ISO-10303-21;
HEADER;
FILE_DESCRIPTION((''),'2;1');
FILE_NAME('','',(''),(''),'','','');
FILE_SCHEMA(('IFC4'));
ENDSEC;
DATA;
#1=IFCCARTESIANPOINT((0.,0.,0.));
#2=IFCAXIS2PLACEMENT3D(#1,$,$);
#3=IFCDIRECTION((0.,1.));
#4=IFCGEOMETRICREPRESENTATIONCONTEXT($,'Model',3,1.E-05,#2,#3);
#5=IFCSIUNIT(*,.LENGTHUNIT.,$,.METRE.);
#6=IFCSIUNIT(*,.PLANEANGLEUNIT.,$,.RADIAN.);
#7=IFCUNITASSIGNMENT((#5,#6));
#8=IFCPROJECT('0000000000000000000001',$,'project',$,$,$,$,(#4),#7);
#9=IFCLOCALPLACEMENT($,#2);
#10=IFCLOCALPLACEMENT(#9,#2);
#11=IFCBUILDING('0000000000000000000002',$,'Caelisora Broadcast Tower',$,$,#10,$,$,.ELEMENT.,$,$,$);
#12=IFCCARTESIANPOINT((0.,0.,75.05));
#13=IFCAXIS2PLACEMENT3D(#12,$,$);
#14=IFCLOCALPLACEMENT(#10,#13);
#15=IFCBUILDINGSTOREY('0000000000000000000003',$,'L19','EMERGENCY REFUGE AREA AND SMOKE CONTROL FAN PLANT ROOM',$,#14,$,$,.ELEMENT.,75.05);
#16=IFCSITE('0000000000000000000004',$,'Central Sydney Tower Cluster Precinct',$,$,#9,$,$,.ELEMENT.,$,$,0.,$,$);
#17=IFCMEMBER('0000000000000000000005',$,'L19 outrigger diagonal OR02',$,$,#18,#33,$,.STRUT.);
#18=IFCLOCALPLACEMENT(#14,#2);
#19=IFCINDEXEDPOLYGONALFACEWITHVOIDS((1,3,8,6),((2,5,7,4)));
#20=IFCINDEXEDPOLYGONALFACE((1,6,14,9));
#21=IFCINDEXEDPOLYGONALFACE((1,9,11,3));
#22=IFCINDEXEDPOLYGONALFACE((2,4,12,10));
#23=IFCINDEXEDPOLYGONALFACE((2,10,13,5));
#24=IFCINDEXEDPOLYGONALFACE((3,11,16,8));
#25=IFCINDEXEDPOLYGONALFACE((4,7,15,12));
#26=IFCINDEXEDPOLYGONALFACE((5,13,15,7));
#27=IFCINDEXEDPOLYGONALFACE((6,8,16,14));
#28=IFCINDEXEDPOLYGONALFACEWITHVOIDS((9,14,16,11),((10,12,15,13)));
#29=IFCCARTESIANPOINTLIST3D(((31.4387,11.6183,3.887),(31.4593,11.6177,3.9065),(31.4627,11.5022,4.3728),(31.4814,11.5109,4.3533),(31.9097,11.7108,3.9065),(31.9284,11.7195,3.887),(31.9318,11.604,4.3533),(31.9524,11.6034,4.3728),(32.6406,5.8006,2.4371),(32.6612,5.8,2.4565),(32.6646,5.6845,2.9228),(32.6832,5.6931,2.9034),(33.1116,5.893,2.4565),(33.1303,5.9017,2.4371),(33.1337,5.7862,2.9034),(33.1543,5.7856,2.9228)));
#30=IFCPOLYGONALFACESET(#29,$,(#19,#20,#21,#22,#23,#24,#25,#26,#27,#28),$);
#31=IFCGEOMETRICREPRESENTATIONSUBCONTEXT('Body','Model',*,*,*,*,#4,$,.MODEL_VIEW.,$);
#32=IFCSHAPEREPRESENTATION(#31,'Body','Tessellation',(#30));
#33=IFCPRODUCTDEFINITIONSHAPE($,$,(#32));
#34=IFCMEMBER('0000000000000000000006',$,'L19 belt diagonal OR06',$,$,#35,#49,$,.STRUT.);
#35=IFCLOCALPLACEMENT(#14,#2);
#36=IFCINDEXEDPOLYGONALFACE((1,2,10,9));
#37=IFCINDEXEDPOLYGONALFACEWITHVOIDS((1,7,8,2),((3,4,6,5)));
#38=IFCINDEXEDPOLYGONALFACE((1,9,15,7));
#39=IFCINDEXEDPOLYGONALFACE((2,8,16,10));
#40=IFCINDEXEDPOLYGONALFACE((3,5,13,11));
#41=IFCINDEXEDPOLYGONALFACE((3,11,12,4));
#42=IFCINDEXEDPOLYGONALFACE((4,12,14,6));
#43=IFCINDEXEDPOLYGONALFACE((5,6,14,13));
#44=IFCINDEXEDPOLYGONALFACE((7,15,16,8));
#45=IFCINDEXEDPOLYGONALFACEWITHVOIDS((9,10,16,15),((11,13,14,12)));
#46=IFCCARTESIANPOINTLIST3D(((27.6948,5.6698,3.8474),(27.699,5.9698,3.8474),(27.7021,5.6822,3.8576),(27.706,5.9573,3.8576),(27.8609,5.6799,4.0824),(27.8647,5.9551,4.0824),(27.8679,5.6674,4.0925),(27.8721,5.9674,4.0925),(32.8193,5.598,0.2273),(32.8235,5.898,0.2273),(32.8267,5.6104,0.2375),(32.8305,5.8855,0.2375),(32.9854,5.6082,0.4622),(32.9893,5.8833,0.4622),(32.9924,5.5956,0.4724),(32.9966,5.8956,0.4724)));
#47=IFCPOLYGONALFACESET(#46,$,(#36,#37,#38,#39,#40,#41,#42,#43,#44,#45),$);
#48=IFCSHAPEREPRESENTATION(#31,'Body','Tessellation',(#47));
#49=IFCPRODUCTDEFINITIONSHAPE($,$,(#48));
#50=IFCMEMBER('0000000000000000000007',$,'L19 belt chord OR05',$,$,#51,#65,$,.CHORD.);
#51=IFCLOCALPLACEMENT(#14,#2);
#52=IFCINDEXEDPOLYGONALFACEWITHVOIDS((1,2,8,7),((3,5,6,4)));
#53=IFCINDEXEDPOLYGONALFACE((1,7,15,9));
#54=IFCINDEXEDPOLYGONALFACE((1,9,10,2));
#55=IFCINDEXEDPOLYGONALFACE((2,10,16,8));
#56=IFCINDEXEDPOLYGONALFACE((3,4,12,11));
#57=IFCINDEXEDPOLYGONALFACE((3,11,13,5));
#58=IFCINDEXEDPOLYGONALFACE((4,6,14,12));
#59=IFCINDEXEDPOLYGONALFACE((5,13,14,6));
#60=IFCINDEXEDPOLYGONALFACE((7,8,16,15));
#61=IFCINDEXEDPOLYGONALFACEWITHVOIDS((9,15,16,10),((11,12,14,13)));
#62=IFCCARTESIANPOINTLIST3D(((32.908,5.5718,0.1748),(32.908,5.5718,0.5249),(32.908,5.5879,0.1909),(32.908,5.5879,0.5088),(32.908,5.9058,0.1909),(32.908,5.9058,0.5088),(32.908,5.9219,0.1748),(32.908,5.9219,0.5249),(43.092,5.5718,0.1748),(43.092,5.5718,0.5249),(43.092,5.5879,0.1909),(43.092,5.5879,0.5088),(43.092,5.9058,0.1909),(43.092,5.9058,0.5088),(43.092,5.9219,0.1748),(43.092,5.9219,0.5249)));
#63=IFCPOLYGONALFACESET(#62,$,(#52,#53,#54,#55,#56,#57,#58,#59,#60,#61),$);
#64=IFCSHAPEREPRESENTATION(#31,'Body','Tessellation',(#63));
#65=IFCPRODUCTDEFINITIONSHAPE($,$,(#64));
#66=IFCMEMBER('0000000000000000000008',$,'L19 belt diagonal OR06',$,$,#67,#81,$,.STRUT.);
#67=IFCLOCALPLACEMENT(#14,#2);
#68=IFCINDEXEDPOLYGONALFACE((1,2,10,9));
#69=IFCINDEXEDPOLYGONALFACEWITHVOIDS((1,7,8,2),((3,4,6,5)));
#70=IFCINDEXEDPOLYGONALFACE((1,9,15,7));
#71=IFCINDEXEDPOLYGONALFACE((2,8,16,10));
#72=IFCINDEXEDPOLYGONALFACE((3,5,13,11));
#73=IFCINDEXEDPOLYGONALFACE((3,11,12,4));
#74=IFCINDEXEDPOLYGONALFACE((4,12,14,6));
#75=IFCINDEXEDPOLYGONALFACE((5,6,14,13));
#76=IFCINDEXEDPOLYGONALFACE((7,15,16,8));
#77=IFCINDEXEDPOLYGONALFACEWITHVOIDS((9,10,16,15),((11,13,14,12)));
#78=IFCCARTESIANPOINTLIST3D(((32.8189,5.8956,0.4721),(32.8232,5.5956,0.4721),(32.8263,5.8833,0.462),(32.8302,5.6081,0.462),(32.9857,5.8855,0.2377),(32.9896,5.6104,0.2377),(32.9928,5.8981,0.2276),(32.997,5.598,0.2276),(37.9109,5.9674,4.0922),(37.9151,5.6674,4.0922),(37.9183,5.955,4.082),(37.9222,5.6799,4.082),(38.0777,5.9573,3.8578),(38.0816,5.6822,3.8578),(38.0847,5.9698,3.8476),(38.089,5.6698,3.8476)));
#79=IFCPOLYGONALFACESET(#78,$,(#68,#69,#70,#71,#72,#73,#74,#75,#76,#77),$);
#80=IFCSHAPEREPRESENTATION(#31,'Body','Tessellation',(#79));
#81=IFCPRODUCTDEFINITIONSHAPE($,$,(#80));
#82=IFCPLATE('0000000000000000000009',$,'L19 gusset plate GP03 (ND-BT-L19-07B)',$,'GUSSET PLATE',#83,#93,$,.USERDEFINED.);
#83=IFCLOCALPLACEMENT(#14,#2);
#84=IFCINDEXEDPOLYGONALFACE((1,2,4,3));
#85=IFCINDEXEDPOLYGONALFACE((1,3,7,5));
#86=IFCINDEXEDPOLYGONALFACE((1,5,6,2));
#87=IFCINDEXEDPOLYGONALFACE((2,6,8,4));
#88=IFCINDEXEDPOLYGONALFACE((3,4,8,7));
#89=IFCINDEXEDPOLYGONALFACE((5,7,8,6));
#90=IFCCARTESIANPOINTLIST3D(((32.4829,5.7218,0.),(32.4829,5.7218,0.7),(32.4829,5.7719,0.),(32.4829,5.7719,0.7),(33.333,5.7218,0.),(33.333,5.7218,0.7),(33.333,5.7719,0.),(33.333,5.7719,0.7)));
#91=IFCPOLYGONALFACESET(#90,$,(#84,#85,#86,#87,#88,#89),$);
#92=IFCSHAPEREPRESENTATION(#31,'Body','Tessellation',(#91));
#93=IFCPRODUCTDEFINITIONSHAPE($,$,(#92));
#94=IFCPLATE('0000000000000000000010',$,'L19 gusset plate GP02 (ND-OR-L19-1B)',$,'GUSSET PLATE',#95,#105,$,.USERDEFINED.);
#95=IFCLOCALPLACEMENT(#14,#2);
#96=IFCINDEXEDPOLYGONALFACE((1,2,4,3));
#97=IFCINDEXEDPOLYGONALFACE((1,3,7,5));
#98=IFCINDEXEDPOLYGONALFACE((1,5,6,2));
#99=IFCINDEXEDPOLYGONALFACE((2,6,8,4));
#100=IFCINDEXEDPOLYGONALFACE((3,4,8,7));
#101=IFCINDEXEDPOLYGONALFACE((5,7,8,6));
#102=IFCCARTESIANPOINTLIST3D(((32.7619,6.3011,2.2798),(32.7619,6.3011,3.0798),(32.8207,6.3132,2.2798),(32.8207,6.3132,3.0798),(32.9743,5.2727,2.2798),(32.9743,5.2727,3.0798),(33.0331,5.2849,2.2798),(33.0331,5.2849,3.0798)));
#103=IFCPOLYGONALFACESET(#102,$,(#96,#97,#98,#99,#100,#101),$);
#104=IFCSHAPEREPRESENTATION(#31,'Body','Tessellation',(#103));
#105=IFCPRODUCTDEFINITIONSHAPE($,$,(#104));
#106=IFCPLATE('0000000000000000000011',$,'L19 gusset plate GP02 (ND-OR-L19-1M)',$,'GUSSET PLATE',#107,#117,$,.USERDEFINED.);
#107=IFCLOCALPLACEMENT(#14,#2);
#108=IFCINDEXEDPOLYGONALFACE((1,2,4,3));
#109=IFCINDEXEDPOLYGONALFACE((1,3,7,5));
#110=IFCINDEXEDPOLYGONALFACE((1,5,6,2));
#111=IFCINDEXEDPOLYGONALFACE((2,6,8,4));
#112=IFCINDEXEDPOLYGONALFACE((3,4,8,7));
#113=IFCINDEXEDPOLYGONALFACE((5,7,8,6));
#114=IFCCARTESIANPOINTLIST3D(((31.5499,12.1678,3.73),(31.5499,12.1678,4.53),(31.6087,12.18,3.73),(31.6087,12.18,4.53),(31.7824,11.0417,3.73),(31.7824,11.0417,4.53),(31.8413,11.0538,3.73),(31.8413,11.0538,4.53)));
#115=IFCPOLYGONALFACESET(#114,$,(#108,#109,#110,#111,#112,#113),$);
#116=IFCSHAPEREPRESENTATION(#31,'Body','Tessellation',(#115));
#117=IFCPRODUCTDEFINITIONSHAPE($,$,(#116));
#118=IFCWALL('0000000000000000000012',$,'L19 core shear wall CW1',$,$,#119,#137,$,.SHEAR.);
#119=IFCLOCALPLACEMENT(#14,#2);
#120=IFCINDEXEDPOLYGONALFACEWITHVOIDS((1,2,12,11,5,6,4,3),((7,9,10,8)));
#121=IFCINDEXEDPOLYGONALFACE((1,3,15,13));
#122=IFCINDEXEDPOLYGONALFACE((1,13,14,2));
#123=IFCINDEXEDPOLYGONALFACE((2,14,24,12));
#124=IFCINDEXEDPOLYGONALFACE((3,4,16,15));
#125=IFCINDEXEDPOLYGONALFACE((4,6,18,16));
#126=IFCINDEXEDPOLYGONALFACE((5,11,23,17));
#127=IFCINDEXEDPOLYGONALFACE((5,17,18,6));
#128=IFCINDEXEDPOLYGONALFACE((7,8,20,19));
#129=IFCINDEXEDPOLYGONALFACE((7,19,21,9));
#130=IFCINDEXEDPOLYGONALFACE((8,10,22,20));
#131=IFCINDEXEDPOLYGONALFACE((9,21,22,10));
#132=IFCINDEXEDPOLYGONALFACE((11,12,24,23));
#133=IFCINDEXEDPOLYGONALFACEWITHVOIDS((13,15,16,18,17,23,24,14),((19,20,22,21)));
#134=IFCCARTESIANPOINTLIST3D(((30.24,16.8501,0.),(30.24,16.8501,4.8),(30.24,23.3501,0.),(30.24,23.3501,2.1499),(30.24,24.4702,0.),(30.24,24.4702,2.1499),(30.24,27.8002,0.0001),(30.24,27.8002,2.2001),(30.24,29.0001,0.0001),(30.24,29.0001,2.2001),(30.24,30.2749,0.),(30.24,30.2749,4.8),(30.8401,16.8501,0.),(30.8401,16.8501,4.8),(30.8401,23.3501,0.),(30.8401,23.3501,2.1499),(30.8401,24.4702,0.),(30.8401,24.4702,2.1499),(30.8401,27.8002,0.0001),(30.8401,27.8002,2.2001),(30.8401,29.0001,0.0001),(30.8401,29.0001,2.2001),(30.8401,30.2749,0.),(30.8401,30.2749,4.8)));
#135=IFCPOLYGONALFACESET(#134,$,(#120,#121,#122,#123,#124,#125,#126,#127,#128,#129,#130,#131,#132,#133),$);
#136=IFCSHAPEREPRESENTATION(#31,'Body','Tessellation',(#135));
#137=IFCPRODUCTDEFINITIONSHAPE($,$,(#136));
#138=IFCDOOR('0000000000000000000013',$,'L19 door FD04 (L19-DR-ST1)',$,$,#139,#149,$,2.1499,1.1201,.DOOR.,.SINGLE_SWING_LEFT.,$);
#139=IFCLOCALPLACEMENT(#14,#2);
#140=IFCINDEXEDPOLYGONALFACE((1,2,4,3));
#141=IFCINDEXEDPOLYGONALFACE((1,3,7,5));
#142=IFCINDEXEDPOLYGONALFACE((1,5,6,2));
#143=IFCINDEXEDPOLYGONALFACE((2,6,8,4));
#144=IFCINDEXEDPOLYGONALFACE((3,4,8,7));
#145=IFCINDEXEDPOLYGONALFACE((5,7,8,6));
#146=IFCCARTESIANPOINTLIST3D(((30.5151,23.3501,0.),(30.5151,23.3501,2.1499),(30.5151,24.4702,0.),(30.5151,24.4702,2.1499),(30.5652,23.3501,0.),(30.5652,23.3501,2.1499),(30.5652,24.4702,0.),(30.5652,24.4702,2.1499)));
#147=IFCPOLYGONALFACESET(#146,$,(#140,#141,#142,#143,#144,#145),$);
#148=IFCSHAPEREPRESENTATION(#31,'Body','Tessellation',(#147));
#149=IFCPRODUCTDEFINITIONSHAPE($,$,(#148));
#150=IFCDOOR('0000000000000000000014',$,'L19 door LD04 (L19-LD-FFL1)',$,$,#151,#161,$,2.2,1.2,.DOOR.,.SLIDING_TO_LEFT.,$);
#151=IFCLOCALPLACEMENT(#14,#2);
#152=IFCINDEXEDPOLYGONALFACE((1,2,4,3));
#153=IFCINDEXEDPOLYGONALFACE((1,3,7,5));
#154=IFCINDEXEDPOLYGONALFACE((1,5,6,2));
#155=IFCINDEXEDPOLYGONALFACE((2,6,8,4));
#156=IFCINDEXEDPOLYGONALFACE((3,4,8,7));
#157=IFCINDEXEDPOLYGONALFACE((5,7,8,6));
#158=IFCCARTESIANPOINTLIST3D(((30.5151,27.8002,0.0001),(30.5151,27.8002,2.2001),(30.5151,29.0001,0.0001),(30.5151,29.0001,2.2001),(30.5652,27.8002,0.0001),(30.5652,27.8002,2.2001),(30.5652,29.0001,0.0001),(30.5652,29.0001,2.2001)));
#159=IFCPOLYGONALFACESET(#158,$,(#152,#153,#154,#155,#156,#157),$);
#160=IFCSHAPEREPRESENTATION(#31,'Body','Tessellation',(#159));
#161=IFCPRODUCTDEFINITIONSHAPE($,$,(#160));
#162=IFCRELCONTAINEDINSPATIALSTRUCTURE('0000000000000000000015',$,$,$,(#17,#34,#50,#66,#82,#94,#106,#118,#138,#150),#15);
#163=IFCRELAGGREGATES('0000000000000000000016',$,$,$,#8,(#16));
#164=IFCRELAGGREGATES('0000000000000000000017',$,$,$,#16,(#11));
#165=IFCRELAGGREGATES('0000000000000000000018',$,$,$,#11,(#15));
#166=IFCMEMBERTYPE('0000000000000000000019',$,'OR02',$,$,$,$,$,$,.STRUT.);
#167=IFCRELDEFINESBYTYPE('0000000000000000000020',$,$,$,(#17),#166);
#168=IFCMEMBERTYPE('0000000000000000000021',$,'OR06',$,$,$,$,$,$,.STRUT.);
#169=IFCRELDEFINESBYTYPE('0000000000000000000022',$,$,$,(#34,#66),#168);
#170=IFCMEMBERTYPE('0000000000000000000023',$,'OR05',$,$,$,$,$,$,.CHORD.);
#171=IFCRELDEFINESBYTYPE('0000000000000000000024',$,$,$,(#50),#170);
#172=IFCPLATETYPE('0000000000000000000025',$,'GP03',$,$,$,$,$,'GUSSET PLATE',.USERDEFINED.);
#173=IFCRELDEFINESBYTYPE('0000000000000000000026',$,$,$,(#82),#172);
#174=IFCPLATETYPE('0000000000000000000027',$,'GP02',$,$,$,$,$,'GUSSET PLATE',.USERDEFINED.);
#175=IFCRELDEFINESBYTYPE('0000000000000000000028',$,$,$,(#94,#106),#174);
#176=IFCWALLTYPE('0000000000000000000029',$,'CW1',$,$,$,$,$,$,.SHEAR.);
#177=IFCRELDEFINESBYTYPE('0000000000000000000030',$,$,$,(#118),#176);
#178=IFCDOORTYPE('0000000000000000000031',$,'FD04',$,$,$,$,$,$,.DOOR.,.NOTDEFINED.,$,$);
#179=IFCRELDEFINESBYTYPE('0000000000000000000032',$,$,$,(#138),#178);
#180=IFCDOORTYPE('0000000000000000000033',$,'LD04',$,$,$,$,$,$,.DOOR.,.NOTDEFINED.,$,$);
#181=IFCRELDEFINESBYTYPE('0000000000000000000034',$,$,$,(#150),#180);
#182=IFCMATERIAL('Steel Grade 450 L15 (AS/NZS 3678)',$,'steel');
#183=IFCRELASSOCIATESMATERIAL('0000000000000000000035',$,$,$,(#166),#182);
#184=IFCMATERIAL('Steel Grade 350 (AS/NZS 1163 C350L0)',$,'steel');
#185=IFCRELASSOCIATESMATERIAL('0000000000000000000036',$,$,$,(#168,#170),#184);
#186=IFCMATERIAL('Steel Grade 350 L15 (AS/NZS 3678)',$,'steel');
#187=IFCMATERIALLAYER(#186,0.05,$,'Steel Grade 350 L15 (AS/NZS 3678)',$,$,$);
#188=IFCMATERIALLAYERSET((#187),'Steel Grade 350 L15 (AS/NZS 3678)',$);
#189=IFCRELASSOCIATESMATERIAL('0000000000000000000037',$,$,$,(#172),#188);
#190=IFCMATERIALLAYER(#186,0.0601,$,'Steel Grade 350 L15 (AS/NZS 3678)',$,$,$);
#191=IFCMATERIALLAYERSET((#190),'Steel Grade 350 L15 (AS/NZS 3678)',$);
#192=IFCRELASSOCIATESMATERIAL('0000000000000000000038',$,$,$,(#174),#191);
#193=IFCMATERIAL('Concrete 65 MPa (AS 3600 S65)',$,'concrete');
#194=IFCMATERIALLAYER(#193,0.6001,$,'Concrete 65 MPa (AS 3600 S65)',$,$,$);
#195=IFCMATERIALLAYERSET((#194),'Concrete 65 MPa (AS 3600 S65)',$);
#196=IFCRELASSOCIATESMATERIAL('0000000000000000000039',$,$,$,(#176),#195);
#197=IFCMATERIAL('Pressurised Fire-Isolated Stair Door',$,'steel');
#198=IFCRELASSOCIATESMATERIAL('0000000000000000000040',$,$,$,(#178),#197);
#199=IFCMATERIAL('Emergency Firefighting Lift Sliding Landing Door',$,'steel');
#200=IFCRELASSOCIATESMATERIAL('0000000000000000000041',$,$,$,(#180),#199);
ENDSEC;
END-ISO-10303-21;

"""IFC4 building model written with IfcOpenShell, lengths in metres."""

from ifc_helpers import new_model, si_unit, direction, frame, frame_2d, origin, origin_2d, place, context, subcontext, project, spatial, rectangle, hollow_rectangle, extrude, source, transform, mapped, material, layer, layer_set, material_profile, profile_set, type_object, type_shapes, element, fill, save


model = new_model("IFC4")

# Units and contexts
model_context = context("Model", 3, precision=1e-05, world=origin(), true_north=direction((0.0, 1.0)))
body_context = subcontext(model_context, "Body", "Model", "MODEL_VIEW")
ifc_project = project(units=[si_unit("LENGTHUNIT", "METRE"), si_unit("PLANEANGLEUNIT", "RADIAN")], contexts=[model_context])

# Site, building, storey
site_placement = place(None, origin())
site = spatial("IfcSite", under=ifc_project, at=site_placement, Name="Central Sydney Tower Cluster Precinct", CompositionType="ELEMENT", RefElevation=0.0)
building_placement = place(site_placement, origin())
building = spatial("IfcBuilding", under=site, at=building_placement, Name="Caelisora Broadcast Tower", CompositionType="ELEMENT")
storey_placement = place(building_placement, frame((0.0, 0.0, 75.05)))
storey = spatial("IfcBuildingStorey", under=building, at=storey_placement, Name="L19", Description="EMERGENCY REFUGE AREA AND SMOKE CONTROL FAN PLANT ROOM", CompositionType="ELEMENT", Elevation=75.05)

# Shared definitions
ifc_material_1 = material(Name="Steel Grade 350 L15 (AS/NZS 3678)", Category="steel")

# Members
ifc_material_2 = material(Name="Steel Grade 450 L15 (AS/NZS 3678)", Category="steel")
ifc_material_profile_1 = material_profile(ifc_material_2, hollow_rectangle(XDim=0.5, YDim=0.5, WallThickness=0.02, at=origin_2d()), Name="Steel Grade 450 L15 (AS/NZS 3678)")
ifc_profile_set_1 = profile_set([ifc_material_profile_1], Name="Steel Grade 450 L15 (AS/NZS 3678)")
member_type_1 = type_object("IfcMemberType", Name="OR02", PredefinedType="STRUT", material=ifc_profile_set_1)
shared_shape_1 = source(origin(), body_context, "Body", "SweptSolid", [
    extrude(hollow_rectangle(XDim=0.5, YDim=0.5, WallThickness=0.02, at=origin_2d()), origin(), (0.0, 0.0, 1.0), 6.115),
])
type_shapes(member_type_1, [shared_shape_1])
member_1_placement = place(storey_placement, frame((31.6956, 11.6108, 4.1299), z_axis=(0.196547, -0.951393, -0.23711), x_axis=(0.97932, 0.202316, 0.0)))
element("IfcMember", 1, at=member_1_placement, inside=storey, type_object=member_type_1, Name="L19 outrigger diagonal OR02", PredefinedType="STRUT", context=body_context, shape_type="MappedRepresentation", body=[
    mapped(shared_shape_1, transform((0.0, 0.0, 0.0), scale=1.0)),
])
ifc_material_3 = material(Name="Steel Grade 350 (AS/NZS 1163 C350L0)", Category="steel")
ifc_material_profile_2 = material_profile(ifc_material_3, hollow_rectangle(XDim=0.3, YDim=0.3, WallThickness=0.0125, at=origin_2d()), Name="Steel Grade 350 (AS/NZS 1163 C350L0)")
ifc_profile_set_2 = profile_set([ifc_material_profile_2], Name="Steel Grade 350 (AS/NZS 1163 C350L0)")
member_type_2 = type_object("IfcMemberType", Name="OR06", PredefinedType="STRUT", material=ifc_profile_set_2)
shared_shape_2 = source(origin(), body_context, "Body", "SweptSolid", [
    extrude(hollow_rectangle(XDim=0.3, YDim=0.3, WallThickness=0.0125, at=origin_2d()), origin(), (0.0, 0.0, 1.0), 6.2747),
])
member_2_placement = place(storey_placement, frame((32.908, 5.7468, 0.3499), z_axis=(-0.816703, 0.011439, 0.576945), x_axis=(-0.014005, -0.999902, 0.0)))
element("IfcMember", 2, at=member_2_placement, inside=storey, type_object=member_type_2, Name="L19 belt diagonal OR06", PredefinedType="STRUT", context=body_context, shape_type="MappedRepresentation", body=[
    mapped(shared_shape_2, transform((0.0, 0.0, 0.0), scale=1.0)),
])
ifc_material_profile_3 = material_profile(ifc_material_3, hollow_rectangle(XDim=0.3501, YDim=0.3501, WallThickness=0.0161, at=origin_2d()), Name="Steel Grade 350 (AS/NZS 1163 C350L0)")
ifc_profile_set_3 = profile_set([ifc_material_profile_3], Name="Steel Grade 350 (AS/NZS 1163 C350L0)")
member_type_3 = type_object("IfcMemberType", Name="OR05", PredefinedType="CHORD", material=ifc_profile_set_3)
shared_shape_3 = source(origin(), body_context, "Body", "SweptSolid", [
    extrude(hollow_rectangle(XDim=0.3501, YDim=0.3501, WallThickness=0.0161, at=origin_2d()), origin(), (0.0, 0.0, 1.0), 10.1841),
])
type_shapes(member_type_3, [shared_shape_3])
member_3_placement = place(storey_placement, frame((32.908, 5.7468, 0.3499), z_axis=(1.0, 0.0, 0.0), x_axis=(0.0, 1.0, 0.0)))
element("IfcMember", 3, at=member_3_placement, inside=storey, type_object=member_type_3, Name="L19 belt chord OR05", PredefinedType="CHORD", context=body_context, shape_type="MappedRepresentation", body=[
    mapped(shared_shape_3, transform((0.0, 0.0, 0.0), scale=1.0)),
])
shared_shape_4 = source(origin(), body_context, "Body", "SweptSolid", [
    extrude(hollow_rectangle(XDim=0.3, YDim=0.3, WallThickness=0.0125, at=origin_2d()), origin(), (0.0, 0.0, 1.0), 6.248),
])
type_shapes(member_type_2, [shared_shape_2, shared_shape_4])
member_4_placement = place(storey_placement, frame((32.908, 5.7468, 0.3499), z_axis=(0.814969, 0.011488, 0.579391), x_axis=(-0.014095, 0.999901, 0.0)))
element("IfcMember", 4, at=member_4_placement, inside=storey, type_object=member_type_2, Name="L19 belt diagonal OR06", PredefinedType="STRUT", context=body_context, shape_type="MappedRepresentation", body=[
    mapped(shared_shape_4, transform((0.0, 0.0, 0.0), scale=1.0)),
])

# Plates
ifc_layer_1 = layer(ifc_material_1, 0.05, Name="Steel Grade 350 L15 (AS/NZS 3678)")
ifc_layer_set_1 = layer_set([ifc_layer_1], Name="Steel Grade 350 L15 (AS/NZS 3678)")
plate_type_1 = type_object("IfcPlateType", Name="GP03", ElementType="GUSSET PLATE", PredefinedType="USERDEFINED", material=ifc_layer_set_1)
shared_shape_5 = source(origin(), body_context, "Body", "SweptSolid", [
    extrude(rectangle(XDim=0.8501, YDim=0.05, at=origin_2d()), origin(), (0.0, 0.0, 1.0), 0.7),
])
type_shapes(plate_type_1, [shared_shape_5])
plate_1_placement = place(storey_placement, frame((32.908, 5.7468, 0.0), z_axis=(0.0, 0.0, 1.0), x_axis=(1.0, 0.0, 0.0)))
element("IfcPlate", 5, at=plate_1_placement, inside=storey, type_object=plate_type_1, Name="L19 gusset plate GP03 (ND-BT-L19-07B)", ObjectType="GUSSET PLATE", PredefinedType="USERDEFINED", context=body_context, shape_type="MappedRepresentation", body=[
    mapped(shared_shape_5, transform((0.0, 0.0, 0.0), scale=1.0)),
])
ifc_layer_2 = layer(ifc_material_1, 0.0601, Name="Steel Grade 350 L15 (AS/NZS 3678)")
ifc_layer_set_2 = layer_set([ifc_layer_2], Name="Steel Grade 350 L15 (AS/NZS 3678)")
plate_type_2 = type_object("IfcPlateType", Name="GP02", ElementType="GUSSET PLATE", PredefinedType="USERDEFINED", material=ifc_layer_set_2)
shared_shape_6 = source(origin(), body_context, "Body", "SweptSolid", [
    extrude(rectangle(XDim=1.05, YDim=0.0601, at=origin_2d()), origin(), (0.0, 0.0, 1.0), 0.8),
])
plate_2_placement = place(storey_placement, frame((32.8975, 5.793, 2.2798), z_axis=(0.0, 0.0, 1.0), x_axis=(0.202275, -0.979329, 0.0)))
element("IfcPlate", 6, at=plate_2_placement, inside=storey, type_object=plate_type_2, Name="L19 gusset plate GP02 (ND-OR-L19-1B)", ObjectType="GUSSET PLATE", PredefinedType="USERDEFINED", context=body_context, shape_type="MappedRepresentation", body=[
    mapped(shared_shape_6, transform((0.0, 0.0, 0.0), scale=1.0)),
])
shared_shape_7 = source(origin(), body_context, "Body", "SweptSolid", [
    extrude(rectangle(XDim=1.1499, YDim=0.0601, at=origin_2d()), origin(), (0.0, 0.0, 1.0), 0.8),
])
type_shapes(plate_type_2, [shared_shape_6, shared_shape_7])
plate_3_placement = place(storey_placement, frame((31.6956, 11.6108, 3.73), z_axis=(0.0, 0.0, 1.0), x_axis=(0.202275, -0.979329, 0.0)))
element("IfcPlate", 7, at=plate_3_placement, inside=storey, type_object=plate_type_2, Name="L19 gusset plate GP02 (ND-OR-L19-1M)", ObjectType="GUSSET PLATE", PredefinedType="USERDEFINED", context=body_context, shape_type="MappedRepresentation", body=[
    mapped(shared_shape_7, transform((0.0, 0.0, 0.0), scale=1.0)),
])

# Wall, openings, doors
ifc_material_4 = material(Name="Concrete 65 MPa (AS 3600 S65)", Category="concrete")
ifc_layer_3 = layer(ifc_material_4, 0.6001, Name="Concrete 65 MPa (AS 3600 S65)")
ifc_layer_set_3 = layer_set([ifc_layer_3], Name="Concrete 65 MPa (AS 3600 S65)")
wall_type_1 = type_object("IfcWallType", Name="CW1", PredefinedType="SHEAR", material=ifc_layer_set_3)
wall_1_placement = place(storey_placement, frame((30.54, 16.8501, 0.0), z_axis=(0.0, 0.0, 1.0), x_axis=(0.0, 1.0, 0.0)))
wall_1 = element("IfcWall", 8, at=wall_1_placement, inside=storey, type_object=wall_type_1, Name="L19 core shear wall CW1", PredefinedType="SHEAR", context=body_context, shape_type="SweptSolid", body=[
    extrude(rectangle(XDim=13.4248, YDim=0.6001, at=frame_2d((6.7124, 0.0))), origin(), (0.0, 0.0, 1.0), 4.8),
])
opening_1_placement = place(wall_1_placement, frame((6.5, 0.0, 0.0)))
opening_1 = element("IfcOpeningElement", 9, at=opening_1_placement, cuts=wall_1, PredefinedType="OPENING", context=body_context, shape_type="SweptSolid", body=[
    extrude(rectangle(XDim=1.1201, YDim=2.1499, at=frame_2d((0.5601, 1.075))), frame((0.0, 0.312, 0.0), z_axis=(0.0, -1.0, 0.0), x_axis=(1.0, 0.0, 0.0)), (0.0, 0.0, 1.0), 0.624),
])
opening_2_placement = place(wall_1_placement, frame((10.95, 0.0, 0.0)))
opening_2 = element("IfcOpeningElement", 10, at=opening_2_placement, cuts=wall_1, PredefinedType="OPENING", context=body_context, shape_type="SweptSolid", body=[
    extrude(rectangle(XDim=1.2, YDim=2.2, at=frame_2d((0.6001, 1.1001))), frame((0.0, 0.312, 0.0), z_axis=(0.0, -1.0, 0.0), x_axis=(1.0, 0.0, 0.0)), (0.0, 0.0, 1.0), 0.624),
])
ifc_material_5 = material(Name="Pressurised Fire-Isolated Stair Door", Category="steel")
door_type_1 = type_object("IfcDoorType", Name="FD04", OperationType="NOTDEFINED", PredefinedType="DOOR", material=ifc_material_5)
door_1_placement = place(opening_1_placement, origin())
door_1 = element("IfcDoor", 11, at=door_1_placement, inside=storey, type_object=door_type_1, Name="L19 door FD04 (L19-DR-ST1)", OperationType="SINGLE_SWING_LEFT", OverallHeight=2.1499, OverallWidth=1.1201, PredefinedType="DOOR", context=body_context, shape_type="SweptSolid", body=[
    extrude(rectangle(XDim=1.1201, YDim=2.1499, at=frame_2d((0.5601, 1.075))), frame((0.0, 0.0249, 0.0), z_axis=(0.0, -1.0, 0.0), x_axis=(1.0, 0.0, 0.0)), (0.0, 0.0, 1.0), 0.05),
])
fill(opening_1, door_1)
ifc_material_6 = material(Name="Emergency Firefighting Lift Sliding Landing Door", Category="steel")
door_type_2 = type_object("IfcDoorType", Name="LD04", OperationType="NOTDEFINED", PredefinedType="DOOR", material=ifc_material_6)
door_2_placement = place(opening_2_placement, origin())
door_2 = element("IfcDoor", 12, at=door_2_placement, inside=storey, type_object=door_type_2, Name="L19 door LD04 (L19-LD-FFL1)", OperationType="SLIDING_TO_LEFT", OverallHeight=2.2, OverallWidth=1.2, PredefinedType="DOOR", context=body_context, shape_type="SweptSolid", body=[
    extrude(rectangle(XDim=1.2, YDim=2.2, at=frame_2d((0.6001, 1.1001))), frame((0.0, 0.0249, 0.0), z_axis=(0.0, -1.0, 0.0), x_axis=(1.0, 0.0, 0.0)), (0.0, 0.0, 1.0), 0.05),
])
fill(opening_2, door_2)

save(model, "model.ifc")
